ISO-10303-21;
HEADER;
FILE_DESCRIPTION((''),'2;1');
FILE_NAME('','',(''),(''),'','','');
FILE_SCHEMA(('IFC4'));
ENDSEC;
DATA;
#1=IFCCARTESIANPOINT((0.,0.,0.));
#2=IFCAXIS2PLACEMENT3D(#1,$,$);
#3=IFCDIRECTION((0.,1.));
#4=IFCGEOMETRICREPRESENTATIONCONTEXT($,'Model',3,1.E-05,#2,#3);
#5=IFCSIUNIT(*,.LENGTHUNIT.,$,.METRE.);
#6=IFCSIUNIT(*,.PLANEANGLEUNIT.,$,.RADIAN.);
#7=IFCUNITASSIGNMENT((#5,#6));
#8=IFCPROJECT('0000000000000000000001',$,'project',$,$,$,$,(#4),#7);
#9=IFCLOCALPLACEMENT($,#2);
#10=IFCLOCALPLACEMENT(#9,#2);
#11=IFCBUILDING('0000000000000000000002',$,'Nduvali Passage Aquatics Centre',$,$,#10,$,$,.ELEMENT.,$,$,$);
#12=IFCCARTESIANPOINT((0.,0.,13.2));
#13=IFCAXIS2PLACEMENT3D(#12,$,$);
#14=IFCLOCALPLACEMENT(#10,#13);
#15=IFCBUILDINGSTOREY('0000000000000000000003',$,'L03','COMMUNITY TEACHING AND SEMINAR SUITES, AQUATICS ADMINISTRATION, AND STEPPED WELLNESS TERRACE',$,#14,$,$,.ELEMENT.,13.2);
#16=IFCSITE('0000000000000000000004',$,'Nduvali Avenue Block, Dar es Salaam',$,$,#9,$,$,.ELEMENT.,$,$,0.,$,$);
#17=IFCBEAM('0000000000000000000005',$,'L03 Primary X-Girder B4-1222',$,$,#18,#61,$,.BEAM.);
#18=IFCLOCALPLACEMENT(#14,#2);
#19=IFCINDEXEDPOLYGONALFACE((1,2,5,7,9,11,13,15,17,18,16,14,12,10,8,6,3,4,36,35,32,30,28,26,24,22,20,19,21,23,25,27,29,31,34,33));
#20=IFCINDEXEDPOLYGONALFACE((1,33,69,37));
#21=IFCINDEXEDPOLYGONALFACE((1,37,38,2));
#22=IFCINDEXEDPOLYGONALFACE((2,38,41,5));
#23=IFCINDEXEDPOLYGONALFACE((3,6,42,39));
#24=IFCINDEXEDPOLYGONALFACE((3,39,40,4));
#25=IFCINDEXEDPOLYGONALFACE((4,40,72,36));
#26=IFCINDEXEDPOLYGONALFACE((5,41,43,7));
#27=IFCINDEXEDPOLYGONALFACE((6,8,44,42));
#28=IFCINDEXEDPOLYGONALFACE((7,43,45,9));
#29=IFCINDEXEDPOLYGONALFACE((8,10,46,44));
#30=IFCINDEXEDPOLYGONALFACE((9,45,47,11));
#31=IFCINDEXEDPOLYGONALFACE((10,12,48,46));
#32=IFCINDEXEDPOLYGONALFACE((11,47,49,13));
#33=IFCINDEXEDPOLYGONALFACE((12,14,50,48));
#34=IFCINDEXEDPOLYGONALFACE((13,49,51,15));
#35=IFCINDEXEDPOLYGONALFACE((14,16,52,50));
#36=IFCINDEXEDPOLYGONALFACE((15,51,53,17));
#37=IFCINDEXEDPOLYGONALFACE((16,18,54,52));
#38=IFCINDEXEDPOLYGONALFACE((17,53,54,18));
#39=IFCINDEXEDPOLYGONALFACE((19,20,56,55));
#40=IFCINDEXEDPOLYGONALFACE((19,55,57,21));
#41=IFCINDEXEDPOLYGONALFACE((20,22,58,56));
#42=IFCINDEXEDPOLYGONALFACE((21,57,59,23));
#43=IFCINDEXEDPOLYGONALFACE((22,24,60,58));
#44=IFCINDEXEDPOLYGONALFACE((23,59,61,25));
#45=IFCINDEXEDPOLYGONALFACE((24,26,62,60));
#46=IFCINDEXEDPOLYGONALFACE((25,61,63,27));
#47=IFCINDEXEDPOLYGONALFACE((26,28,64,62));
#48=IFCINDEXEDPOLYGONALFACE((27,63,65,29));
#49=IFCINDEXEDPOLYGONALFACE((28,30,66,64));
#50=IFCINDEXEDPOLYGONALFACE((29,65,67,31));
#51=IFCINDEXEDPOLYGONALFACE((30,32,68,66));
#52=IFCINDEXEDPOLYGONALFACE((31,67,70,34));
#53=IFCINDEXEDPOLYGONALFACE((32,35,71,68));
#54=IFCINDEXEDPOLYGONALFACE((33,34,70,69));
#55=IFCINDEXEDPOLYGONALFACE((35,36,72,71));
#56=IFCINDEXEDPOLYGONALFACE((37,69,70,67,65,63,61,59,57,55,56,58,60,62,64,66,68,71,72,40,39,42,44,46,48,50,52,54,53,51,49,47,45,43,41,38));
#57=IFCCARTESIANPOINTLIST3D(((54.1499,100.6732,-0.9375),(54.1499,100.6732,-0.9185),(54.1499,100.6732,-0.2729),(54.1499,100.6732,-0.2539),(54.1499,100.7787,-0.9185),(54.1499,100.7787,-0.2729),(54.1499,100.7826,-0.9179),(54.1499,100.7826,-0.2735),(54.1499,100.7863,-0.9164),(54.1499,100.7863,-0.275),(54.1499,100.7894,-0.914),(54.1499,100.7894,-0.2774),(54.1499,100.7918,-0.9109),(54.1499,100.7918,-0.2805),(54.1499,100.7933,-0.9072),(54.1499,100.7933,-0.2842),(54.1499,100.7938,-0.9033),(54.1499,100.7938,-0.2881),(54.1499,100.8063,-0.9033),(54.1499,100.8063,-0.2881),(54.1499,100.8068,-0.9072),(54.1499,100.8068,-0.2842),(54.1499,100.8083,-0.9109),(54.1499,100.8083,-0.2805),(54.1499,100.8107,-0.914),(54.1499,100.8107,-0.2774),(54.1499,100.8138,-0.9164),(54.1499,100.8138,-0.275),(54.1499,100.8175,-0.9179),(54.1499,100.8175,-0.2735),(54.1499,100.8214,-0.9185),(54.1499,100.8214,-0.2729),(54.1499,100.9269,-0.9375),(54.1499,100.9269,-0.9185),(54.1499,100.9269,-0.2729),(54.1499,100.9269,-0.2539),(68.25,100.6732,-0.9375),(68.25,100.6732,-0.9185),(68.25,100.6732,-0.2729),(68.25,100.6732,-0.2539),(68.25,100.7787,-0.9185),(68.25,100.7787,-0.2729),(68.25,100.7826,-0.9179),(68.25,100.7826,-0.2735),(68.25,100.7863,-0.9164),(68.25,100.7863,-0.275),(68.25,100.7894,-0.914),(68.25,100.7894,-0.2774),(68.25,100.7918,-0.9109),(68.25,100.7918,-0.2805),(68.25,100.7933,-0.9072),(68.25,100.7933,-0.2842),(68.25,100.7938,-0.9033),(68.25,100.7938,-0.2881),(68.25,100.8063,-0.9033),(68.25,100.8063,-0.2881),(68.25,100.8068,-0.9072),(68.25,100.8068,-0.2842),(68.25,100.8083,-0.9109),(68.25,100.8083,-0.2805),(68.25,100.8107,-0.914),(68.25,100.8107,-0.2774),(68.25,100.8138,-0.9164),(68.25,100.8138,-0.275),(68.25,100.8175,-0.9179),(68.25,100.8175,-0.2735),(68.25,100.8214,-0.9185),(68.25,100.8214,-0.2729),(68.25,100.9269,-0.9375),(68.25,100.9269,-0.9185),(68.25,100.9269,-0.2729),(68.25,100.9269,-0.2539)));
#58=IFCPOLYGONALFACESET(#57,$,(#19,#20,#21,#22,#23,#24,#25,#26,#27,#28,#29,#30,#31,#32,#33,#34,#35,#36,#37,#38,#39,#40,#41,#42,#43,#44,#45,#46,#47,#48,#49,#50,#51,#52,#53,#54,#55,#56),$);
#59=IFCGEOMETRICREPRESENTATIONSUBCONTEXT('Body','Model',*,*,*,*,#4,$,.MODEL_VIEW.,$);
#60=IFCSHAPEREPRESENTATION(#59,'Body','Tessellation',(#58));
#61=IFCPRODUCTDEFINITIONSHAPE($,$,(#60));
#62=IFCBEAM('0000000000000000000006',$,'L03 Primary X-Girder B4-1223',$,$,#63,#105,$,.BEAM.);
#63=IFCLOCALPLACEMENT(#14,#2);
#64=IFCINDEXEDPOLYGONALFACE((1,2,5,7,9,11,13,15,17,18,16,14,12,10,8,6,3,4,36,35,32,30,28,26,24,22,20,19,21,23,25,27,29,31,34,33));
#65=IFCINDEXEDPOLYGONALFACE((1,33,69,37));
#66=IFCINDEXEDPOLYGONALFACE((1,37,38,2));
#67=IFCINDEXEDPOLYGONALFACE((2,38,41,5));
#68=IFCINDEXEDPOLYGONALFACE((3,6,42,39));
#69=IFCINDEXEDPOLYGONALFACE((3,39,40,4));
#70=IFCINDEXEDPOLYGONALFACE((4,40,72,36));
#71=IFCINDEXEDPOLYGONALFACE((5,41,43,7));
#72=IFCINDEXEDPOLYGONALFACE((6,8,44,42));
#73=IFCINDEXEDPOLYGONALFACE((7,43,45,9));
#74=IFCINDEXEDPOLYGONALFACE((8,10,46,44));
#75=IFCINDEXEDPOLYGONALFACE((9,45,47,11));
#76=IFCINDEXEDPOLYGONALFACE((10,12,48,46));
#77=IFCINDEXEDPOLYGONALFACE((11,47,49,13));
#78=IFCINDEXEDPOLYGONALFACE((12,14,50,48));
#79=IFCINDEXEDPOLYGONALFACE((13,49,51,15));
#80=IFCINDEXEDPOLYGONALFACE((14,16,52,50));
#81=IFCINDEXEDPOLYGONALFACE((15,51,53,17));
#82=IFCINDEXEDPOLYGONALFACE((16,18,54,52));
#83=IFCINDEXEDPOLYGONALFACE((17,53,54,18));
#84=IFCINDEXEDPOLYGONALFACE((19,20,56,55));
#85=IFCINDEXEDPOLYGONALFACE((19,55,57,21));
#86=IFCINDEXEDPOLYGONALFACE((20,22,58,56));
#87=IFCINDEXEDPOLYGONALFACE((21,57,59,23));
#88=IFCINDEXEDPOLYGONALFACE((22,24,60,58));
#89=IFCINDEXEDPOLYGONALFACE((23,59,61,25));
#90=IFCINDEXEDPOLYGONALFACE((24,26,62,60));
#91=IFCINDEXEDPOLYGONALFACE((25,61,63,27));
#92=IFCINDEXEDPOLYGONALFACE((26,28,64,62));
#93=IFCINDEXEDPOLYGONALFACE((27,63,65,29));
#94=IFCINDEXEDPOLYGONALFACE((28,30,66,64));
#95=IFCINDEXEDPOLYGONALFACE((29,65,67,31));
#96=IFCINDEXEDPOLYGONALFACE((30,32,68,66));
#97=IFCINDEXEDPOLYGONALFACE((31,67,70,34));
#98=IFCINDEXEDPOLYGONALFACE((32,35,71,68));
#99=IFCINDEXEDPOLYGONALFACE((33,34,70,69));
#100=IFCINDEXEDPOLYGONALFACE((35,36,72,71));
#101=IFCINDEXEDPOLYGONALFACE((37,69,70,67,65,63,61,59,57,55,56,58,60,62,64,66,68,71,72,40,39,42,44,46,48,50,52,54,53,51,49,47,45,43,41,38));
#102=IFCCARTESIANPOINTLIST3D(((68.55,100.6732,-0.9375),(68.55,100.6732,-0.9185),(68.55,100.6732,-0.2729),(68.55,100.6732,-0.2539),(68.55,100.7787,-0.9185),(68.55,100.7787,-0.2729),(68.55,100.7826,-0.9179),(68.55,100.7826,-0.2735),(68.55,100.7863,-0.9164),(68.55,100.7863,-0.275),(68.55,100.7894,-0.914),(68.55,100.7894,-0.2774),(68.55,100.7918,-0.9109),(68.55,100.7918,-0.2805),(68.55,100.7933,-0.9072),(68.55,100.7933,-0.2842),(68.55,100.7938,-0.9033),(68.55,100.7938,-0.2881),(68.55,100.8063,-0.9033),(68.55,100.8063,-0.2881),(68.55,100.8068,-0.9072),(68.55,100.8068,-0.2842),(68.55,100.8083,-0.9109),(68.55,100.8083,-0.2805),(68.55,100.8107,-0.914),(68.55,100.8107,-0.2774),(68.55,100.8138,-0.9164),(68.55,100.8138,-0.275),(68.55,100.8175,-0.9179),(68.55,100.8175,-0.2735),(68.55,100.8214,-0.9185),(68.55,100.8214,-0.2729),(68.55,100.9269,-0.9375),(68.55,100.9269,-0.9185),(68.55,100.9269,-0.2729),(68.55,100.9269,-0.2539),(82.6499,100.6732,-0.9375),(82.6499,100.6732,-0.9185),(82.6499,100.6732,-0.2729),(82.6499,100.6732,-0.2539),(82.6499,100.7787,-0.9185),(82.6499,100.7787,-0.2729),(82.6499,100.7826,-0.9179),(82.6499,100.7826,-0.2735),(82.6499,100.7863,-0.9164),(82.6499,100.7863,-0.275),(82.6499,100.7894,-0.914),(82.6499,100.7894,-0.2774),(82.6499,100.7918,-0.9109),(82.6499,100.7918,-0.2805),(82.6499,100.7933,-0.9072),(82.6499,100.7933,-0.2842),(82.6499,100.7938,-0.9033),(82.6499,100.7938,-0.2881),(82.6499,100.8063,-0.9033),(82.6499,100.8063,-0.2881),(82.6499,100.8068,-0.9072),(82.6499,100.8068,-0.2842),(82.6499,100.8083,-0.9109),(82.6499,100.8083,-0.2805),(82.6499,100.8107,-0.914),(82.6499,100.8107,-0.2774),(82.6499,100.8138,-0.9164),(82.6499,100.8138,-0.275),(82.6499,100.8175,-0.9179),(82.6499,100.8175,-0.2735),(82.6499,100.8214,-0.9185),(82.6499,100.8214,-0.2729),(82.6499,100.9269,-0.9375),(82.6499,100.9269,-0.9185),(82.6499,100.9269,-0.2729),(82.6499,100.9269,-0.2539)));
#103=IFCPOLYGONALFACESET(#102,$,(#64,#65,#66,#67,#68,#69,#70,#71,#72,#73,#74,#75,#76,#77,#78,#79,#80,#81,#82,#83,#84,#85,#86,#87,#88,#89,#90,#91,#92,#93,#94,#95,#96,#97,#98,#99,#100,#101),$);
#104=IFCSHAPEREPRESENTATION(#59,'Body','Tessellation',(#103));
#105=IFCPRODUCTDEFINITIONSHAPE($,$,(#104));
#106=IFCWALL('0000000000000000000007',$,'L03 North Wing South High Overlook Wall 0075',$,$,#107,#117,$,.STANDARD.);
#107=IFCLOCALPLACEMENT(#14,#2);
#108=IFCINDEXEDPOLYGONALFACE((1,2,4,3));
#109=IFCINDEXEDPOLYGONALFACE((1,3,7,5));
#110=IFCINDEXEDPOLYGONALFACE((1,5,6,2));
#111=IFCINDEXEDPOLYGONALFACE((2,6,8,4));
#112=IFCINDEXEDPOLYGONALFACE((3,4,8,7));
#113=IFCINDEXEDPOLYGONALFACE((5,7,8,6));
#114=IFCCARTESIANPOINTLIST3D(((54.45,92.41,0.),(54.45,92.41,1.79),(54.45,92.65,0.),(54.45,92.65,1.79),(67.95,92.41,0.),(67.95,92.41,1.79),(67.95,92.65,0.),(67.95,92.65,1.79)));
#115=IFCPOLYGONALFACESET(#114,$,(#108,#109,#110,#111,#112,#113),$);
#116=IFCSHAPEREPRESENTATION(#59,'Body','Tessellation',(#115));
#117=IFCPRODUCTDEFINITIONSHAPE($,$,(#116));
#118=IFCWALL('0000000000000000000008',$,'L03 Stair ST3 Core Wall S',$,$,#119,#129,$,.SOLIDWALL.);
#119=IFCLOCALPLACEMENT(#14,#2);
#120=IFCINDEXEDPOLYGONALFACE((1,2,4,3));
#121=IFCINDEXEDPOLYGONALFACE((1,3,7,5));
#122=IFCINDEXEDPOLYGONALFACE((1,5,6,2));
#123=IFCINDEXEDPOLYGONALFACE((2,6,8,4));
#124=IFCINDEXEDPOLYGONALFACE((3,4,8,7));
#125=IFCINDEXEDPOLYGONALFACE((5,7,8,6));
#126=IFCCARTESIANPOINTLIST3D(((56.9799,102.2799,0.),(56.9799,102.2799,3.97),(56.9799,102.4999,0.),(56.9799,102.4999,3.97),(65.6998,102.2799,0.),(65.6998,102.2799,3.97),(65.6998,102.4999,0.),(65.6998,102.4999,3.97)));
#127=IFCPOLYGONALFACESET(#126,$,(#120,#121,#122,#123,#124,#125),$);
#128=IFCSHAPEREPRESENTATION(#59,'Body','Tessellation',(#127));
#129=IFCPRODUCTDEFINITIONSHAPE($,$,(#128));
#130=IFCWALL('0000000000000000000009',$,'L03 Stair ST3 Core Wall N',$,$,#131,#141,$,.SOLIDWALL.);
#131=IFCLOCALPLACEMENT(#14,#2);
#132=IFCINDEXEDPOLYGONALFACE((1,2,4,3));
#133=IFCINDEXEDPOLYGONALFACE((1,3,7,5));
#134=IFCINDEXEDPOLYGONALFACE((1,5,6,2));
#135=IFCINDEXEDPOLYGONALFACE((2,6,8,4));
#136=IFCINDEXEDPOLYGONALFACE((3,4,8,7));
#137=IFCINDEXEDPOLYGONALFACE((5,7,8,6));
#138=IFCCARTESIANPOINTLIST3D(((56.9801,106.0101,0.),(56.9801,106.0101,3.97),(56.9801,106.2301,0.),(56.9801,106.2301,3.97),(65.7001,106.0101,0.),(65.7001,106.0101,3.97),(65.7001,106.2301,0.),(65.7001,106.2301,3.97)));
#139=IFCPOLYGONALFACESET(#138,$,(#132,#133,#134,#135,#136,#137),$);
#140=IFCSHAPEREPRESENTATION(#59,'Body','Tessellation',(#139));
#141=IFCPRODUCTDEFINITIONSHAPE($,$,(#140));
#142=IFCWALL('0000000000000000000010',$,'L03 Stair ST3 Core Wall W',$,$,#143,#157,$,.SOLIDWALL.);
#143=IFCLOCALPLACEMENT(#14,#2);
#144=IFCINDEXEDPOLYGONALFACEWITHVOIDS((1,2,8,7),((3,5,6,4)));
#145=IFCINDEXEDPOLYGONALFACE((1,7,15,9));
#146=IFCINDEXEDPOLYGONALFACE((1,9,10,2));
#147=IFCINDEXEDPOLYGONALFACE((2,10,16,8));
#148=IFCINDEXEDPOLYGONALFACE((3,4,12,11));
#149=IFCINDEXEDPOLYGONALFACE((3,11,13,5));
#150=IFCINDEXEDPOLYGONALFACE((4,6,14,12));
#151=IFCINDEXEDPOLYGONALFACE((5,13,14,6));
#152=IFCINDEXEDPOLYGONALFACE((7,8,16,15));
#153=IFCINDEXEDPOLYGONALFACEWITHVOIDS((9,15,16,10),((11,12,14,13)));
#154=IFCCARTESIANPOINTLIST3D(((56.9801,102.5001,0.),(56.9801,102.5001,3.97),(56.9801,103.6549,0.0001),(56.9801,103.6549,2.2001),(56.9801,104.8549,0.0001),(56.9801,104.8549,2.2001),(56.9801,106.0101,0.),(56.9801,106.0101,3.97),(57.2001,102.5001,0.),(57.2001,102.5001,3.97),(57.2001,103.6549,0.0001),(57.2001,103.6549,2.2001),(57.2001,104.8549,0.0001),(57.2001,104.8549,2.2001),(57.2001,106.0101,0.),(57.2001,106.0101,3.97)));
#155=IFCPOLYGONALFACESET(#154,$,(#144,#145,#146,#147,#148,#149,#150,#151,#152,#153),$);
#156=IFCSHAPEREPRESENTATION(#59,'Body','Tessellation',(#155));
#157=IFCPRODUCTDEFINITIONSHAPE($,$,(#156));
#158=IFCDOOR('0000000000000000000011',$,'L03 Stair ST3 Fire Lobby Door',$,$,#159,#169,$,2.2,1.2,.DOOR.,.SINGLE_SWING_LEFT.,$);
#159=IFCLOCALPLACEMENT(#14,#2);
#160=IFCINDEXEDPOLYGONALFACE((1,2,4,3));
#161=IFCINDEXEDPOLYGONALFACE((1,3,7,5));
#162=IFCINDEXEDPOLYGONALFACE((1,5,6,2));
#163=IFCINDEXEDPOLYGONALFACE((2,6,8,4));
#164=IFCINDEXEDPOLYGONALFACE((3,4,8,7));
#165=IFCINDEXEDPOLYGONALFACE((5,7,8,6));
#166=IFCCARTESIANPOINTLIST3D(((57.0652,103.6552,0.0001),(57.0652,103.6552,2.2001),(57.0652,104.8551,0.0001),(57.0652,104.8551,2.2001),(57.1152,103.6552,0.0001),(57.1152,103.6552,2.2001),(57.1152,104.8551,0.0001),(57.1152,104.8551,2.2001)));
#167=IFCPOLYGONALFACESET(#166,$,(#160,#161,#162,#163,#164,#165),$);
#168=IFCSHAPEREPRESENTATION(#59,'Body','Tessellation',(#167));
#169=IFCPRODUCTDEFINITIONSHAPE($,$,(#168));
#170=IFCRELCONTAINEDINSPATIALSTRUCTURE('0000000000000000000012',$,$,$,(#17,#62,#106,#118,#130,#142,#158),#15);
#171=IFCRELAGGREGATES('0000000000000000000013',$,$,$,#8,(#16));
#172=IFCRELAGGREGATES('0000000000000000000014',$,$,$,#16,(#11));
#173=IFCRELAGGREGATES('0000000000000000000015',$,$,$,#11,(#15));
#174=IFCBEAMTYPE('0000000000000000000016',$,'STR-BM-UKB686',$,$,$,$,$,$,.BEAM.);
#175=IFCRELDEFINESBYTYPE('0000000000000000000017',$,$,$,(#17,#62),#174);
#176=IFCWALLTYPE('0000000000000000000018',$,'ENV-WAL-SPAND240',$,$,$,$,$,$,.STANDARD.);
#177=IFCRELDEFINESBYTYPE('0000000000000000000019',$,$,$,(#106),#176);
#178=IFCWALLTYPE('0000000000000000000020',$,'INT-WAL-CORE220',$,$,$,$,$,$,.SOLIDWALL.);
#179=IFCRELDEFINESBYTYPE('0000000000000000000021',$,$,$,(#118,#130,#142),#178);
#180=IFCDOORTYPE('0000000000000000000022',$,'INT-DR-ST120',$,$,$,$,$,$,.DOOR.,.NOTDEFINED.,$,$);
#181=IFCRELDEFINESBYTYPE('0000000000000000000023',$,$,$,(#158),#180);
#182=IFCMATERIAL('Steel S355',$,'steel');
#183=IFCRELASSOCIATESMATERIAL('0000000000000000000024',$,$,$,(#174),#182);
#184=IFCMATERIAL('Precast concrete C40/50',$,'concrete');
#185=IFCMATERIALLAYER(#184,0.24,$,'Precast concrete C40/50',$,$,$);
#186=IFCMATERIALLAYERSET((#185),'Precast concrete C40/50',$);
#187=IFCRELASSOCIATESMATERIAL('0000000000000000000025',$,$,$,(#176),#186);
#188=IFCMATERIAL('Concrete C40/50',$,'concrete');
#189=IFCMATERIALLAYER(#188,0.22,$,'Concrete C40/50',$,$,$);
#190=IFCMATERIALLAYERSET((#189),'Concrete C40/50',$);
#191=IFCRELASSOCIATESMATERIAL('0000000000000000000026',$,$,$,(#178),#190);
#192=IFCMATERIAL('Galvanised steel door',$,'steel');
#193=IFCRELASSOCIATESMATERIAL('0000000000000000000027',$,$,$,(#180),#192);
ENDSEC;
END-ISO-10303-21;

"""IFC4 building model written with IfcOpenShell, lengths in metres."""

from ifc_helpers import new_model, si_unit, direction, frame, frame_2d, origin, origin_2d, place, context, subcontext, project, spatial, rectangle, i_section, extrude, material, layer, layer_set, material_profile, profile_set, type_object, element, fill, save


model = new_model("IFC4")

# Units and contexts
model_context = context("Model", 3, precision=1e-05, world=origin(), true_north=direction((0.0, 1.0)))
body_context = subcontext(model_context, "Body", "Model", "MODEL_VIEW")
ifc_project = project(units=[si_unit("LENGTHUNIT", "METRE"), si_unit("PLANEANGLEUNIT", "RADIAN")], contexts=[model_context])

# Site, building, storey
site_placement = place(None, origin())
site = spatial("IfcSite", under=ifc_project, at=site_placement, Name="Nduvali Avenue Block, Dar es Salaam", CompositionType="ELEMENT", RefElevation=0.0)
building_placement = place(site_placement, origin())
building = spatial("IfcBuilding", under=site, at=building_placement, Name="Nduvali Passage Aquatics Centre", CompositionType="ELEMENT")
storey_placement = place(building_placement, frame((0.0, 0.0, 13.2)))
storey = spatial("IfcBuildingStorey", under=building, at=storey_placement, Name="L03", Description="COMMUNITY TEACHING AND SEMINAR SUITES, AQUATICS ADMINISTRATION, AND STEPPED WELLNESS TERRACE", CompositionType="ELEMENT", Elevation=13.2)

# Shared definitions
ifc_material_1 = material(Name="Steel S355", Category="steel")
ifc_material_2 = material(Name="Concrete C40/50", Category="concrete")

# Beams
ifc_material_profile_1 = material_profile(ifc_material_1, i_section(OverallWidth=0.2537, OverallDepth=0.6836, WebThickness=0.0125, FlangeThickness=0.019, FilletRadius=0.0151, at=origin_2d()), Name="UKB 686x254x140")
ifc_profile_set_1 = profile_set([ifc_material_profile_1], Name="Steel S355")
beam_type_1 = type_object("IfcBeamType", Name="STR-BM-UKB686", PredefinedType="BEAM", material=ifc_profile_set_1)
beam_1_placement = place(storey_placement, frame((54.1499, 100.8, -0.5957), z_axis=(1.0, 0.0, 0.0), x_axis=(0.0, 1.0, 0.0)))
element("IfcBeam", 1, at=beam_1_placement, inside=storey, type_object=beam_type_1, Name="L03 Primary X-Girder B4-1222", PredefinedType="BEAM", context=body_context, shape_type="SweptSolid", body=[
    extrude(i_section(OverallWidth=0.2537, OverallDepth=0.6836, WebThickness=0.0125, FlangeThickness=0.019, FilletRadius=0.0151, at=origin_2d()), origin(), (0.0, 0.0, 1.0), 14.1001),
])
beam_2_placement = place(storey_placement, frame((68.55, 100.8, -0.5957), z_axis=(1.0, 0.0, 0.0), x_axis=(0.0, 1.0, 0.0)))
element("IfcBeam", 2, at=beam_2_placement, inside=storey, type_object=beam_type_1, Name="L03 Primary X-Girder B4-1223", PredefinedType="BEAM", context=body_context, shape_type="SweptSolid", body=[
    extrude(i_section(OverallWidth=0.2537, OverallDepth=0.6836, WebThickness=0.0125, FlangeThickness=0.019, FilletRadius=0.0151, at=origin_2d()), origin(), (0.0, 0.0, 1.0), 14.0999),
])

# Walls
ifc_material_3 = material(Name="Precast concrete C40/50", Category="concrete")
ifc_layer_1 = layer(ifc_material_3, 0.24, Name="Precast concrete C40/50")
ifc_layer_set_1 = layer_set([ifc_layer_1], Name="Precast concrete C40/50")
wall_type_1 = type_object("IfcWallType", Name="ENV-WAL-SPAND240", PredefinedType="STANDARD", material=ifc_layer_set_1)
wall_1_placement = place(storey_placement, frame((54.45, 92.53, 0.0), z_axis=(0.0, 0.0, 1.0), x_axis=(1.0, 0.0, 0.0)))
element("IfcWall", 3, at=wall_1_placement, inside=storey, type_object=wall_type_1, Name="L03 North Wing South High Overlook Wall 0075", PredefinedType="STANDARD", context=body_context, shape_type="SweptSolid", body=[
    extrude(rectangle(XDim=13.5, YDim=0.24, at=frame_2d((6.75, 0.0))), origin(), (0.0, 0.0, 1.0), 1.79),
])
ifc_layer_2 = layer(ifc_material_2, 0.22, Name="Concrete C40/50")
ifc_layer_set_2 = layer_set([ifc_layer_2], Name="Concrete C40/50")
wall_type_2 = type_object("IfcWallType", Name="INT-WAL-CORE220", PredefinedType="SOLIDWALL", material=ifc_layer_set_2)
for number, where, z_axis, x_axis, name in (
    (4, (56.98, 102.3899, 0.0), (0.0, 0.0, 1.0), (1.0, 0.0, 0.0), "L03 Stair ST3 Core Wall S"),
    (5, (65.7, 106.1201, 0.0), (0.0, 0.0, 1.0), (-1.0, 0.0, 0.0), "L03 Stair ST3 Core Wall N"),
):
    element("IfcWall", number, at=place(storey_placement, frame(where, z_axis=z_axis, x_axis=x_axis)), inside=storey, type_object=wall_type_2, Name=name, PredefinedType="SOLIDWALL", context=body_context, shape_type="SweptSolid", body=[
        extrude(rectangle(XDim=8.72, YDim=0.22, at=frame_2d((4.3599, 0.0))), origin(), (0.0, 0.0, 1.0), 3.97),
    ])

# Wall, opening, door
wall_2_placement = place(storey_placement, frame((57.0901, 106.01, 0.0), z_axis=(0.0, 0.0, 1.0), x_axis=(0.0, -1.0, 0.0)))
wall_2 = element("IfcWall", 6, at=wall_2_placement, inside=storey, type_object=wall_type_2, Name="L03 Stair ST3 Core Wall W", PredefinedType="SOLIDWALL", context=body_context, shape_type="SweptSolid", body=[
    extrude(rectangle(XDim=3.51, YDim=0.22, at=frame_2d((1.7549, 0.0))), origin(), (0.0, 0.0, 1.0), 3.97),
])
opening_1_placement = place(wall_2_placement, frame((1.155, 0.0, 0.0)))
opening_1 = element("IfcOpeningElement", 7, at=opening_1_placement, cuts=wall_2, PredefinedType="OPENING", context=body_context, shape_type="SweptSolid", body=[
    extrude(rectangle(XDim=1.2, YDim=2.2, at=frame_2d((0.6001, 1.1001))), frame((0.0, 0.125, 0.0), z_axis=(0.0, -1.0, 0.0), x_axis=(1.0, 0.0, 0.0)), (0.0, 0.0, 1.0), 0.2498),
])
ifc_material_4 = material(Name="Galvanised steel door", Category="steel")
door_type_1 = type_object("IfcDoorType", Name="INT-DR-ST120", OperationType="NOTDEFINED", PredefinedType="DOOR", material=ifc_material_4)
door_1_placement = place(opening_1_placement, frame((1.2, 0.0, 0.0), z_axis=(0.0, 0.0, 1.0), x_axis=(-1.0, 0.0, 0.0)))
door_1 = element("IfcDoor", 8, at=door_1_placement, inside=storey, type_object=door_type_1, Name="L03 Stair ST3 Fire Lobby Door", OperationType="SINGLE_SWING_LEFT", OverallHeight=2.2, OverallWidth=1.2, PredefinedType="DOOR", context=body_context, shape_type="SweptSolid", body=[
    extrude(rectangle(XDim=1.2, YDim=2.2, at=frame_2d((0.6001, 1.1001))), frame((0.0, 0.0249, 0.0), z_axis=(0.0, -1.0, 0.0), x_axis=(1.0, 0.0, 0.0)), (0.0, 0.0, 1.0), 0.05),
])
fill(opening_1, door_1)

save(model, "model.ifc")
